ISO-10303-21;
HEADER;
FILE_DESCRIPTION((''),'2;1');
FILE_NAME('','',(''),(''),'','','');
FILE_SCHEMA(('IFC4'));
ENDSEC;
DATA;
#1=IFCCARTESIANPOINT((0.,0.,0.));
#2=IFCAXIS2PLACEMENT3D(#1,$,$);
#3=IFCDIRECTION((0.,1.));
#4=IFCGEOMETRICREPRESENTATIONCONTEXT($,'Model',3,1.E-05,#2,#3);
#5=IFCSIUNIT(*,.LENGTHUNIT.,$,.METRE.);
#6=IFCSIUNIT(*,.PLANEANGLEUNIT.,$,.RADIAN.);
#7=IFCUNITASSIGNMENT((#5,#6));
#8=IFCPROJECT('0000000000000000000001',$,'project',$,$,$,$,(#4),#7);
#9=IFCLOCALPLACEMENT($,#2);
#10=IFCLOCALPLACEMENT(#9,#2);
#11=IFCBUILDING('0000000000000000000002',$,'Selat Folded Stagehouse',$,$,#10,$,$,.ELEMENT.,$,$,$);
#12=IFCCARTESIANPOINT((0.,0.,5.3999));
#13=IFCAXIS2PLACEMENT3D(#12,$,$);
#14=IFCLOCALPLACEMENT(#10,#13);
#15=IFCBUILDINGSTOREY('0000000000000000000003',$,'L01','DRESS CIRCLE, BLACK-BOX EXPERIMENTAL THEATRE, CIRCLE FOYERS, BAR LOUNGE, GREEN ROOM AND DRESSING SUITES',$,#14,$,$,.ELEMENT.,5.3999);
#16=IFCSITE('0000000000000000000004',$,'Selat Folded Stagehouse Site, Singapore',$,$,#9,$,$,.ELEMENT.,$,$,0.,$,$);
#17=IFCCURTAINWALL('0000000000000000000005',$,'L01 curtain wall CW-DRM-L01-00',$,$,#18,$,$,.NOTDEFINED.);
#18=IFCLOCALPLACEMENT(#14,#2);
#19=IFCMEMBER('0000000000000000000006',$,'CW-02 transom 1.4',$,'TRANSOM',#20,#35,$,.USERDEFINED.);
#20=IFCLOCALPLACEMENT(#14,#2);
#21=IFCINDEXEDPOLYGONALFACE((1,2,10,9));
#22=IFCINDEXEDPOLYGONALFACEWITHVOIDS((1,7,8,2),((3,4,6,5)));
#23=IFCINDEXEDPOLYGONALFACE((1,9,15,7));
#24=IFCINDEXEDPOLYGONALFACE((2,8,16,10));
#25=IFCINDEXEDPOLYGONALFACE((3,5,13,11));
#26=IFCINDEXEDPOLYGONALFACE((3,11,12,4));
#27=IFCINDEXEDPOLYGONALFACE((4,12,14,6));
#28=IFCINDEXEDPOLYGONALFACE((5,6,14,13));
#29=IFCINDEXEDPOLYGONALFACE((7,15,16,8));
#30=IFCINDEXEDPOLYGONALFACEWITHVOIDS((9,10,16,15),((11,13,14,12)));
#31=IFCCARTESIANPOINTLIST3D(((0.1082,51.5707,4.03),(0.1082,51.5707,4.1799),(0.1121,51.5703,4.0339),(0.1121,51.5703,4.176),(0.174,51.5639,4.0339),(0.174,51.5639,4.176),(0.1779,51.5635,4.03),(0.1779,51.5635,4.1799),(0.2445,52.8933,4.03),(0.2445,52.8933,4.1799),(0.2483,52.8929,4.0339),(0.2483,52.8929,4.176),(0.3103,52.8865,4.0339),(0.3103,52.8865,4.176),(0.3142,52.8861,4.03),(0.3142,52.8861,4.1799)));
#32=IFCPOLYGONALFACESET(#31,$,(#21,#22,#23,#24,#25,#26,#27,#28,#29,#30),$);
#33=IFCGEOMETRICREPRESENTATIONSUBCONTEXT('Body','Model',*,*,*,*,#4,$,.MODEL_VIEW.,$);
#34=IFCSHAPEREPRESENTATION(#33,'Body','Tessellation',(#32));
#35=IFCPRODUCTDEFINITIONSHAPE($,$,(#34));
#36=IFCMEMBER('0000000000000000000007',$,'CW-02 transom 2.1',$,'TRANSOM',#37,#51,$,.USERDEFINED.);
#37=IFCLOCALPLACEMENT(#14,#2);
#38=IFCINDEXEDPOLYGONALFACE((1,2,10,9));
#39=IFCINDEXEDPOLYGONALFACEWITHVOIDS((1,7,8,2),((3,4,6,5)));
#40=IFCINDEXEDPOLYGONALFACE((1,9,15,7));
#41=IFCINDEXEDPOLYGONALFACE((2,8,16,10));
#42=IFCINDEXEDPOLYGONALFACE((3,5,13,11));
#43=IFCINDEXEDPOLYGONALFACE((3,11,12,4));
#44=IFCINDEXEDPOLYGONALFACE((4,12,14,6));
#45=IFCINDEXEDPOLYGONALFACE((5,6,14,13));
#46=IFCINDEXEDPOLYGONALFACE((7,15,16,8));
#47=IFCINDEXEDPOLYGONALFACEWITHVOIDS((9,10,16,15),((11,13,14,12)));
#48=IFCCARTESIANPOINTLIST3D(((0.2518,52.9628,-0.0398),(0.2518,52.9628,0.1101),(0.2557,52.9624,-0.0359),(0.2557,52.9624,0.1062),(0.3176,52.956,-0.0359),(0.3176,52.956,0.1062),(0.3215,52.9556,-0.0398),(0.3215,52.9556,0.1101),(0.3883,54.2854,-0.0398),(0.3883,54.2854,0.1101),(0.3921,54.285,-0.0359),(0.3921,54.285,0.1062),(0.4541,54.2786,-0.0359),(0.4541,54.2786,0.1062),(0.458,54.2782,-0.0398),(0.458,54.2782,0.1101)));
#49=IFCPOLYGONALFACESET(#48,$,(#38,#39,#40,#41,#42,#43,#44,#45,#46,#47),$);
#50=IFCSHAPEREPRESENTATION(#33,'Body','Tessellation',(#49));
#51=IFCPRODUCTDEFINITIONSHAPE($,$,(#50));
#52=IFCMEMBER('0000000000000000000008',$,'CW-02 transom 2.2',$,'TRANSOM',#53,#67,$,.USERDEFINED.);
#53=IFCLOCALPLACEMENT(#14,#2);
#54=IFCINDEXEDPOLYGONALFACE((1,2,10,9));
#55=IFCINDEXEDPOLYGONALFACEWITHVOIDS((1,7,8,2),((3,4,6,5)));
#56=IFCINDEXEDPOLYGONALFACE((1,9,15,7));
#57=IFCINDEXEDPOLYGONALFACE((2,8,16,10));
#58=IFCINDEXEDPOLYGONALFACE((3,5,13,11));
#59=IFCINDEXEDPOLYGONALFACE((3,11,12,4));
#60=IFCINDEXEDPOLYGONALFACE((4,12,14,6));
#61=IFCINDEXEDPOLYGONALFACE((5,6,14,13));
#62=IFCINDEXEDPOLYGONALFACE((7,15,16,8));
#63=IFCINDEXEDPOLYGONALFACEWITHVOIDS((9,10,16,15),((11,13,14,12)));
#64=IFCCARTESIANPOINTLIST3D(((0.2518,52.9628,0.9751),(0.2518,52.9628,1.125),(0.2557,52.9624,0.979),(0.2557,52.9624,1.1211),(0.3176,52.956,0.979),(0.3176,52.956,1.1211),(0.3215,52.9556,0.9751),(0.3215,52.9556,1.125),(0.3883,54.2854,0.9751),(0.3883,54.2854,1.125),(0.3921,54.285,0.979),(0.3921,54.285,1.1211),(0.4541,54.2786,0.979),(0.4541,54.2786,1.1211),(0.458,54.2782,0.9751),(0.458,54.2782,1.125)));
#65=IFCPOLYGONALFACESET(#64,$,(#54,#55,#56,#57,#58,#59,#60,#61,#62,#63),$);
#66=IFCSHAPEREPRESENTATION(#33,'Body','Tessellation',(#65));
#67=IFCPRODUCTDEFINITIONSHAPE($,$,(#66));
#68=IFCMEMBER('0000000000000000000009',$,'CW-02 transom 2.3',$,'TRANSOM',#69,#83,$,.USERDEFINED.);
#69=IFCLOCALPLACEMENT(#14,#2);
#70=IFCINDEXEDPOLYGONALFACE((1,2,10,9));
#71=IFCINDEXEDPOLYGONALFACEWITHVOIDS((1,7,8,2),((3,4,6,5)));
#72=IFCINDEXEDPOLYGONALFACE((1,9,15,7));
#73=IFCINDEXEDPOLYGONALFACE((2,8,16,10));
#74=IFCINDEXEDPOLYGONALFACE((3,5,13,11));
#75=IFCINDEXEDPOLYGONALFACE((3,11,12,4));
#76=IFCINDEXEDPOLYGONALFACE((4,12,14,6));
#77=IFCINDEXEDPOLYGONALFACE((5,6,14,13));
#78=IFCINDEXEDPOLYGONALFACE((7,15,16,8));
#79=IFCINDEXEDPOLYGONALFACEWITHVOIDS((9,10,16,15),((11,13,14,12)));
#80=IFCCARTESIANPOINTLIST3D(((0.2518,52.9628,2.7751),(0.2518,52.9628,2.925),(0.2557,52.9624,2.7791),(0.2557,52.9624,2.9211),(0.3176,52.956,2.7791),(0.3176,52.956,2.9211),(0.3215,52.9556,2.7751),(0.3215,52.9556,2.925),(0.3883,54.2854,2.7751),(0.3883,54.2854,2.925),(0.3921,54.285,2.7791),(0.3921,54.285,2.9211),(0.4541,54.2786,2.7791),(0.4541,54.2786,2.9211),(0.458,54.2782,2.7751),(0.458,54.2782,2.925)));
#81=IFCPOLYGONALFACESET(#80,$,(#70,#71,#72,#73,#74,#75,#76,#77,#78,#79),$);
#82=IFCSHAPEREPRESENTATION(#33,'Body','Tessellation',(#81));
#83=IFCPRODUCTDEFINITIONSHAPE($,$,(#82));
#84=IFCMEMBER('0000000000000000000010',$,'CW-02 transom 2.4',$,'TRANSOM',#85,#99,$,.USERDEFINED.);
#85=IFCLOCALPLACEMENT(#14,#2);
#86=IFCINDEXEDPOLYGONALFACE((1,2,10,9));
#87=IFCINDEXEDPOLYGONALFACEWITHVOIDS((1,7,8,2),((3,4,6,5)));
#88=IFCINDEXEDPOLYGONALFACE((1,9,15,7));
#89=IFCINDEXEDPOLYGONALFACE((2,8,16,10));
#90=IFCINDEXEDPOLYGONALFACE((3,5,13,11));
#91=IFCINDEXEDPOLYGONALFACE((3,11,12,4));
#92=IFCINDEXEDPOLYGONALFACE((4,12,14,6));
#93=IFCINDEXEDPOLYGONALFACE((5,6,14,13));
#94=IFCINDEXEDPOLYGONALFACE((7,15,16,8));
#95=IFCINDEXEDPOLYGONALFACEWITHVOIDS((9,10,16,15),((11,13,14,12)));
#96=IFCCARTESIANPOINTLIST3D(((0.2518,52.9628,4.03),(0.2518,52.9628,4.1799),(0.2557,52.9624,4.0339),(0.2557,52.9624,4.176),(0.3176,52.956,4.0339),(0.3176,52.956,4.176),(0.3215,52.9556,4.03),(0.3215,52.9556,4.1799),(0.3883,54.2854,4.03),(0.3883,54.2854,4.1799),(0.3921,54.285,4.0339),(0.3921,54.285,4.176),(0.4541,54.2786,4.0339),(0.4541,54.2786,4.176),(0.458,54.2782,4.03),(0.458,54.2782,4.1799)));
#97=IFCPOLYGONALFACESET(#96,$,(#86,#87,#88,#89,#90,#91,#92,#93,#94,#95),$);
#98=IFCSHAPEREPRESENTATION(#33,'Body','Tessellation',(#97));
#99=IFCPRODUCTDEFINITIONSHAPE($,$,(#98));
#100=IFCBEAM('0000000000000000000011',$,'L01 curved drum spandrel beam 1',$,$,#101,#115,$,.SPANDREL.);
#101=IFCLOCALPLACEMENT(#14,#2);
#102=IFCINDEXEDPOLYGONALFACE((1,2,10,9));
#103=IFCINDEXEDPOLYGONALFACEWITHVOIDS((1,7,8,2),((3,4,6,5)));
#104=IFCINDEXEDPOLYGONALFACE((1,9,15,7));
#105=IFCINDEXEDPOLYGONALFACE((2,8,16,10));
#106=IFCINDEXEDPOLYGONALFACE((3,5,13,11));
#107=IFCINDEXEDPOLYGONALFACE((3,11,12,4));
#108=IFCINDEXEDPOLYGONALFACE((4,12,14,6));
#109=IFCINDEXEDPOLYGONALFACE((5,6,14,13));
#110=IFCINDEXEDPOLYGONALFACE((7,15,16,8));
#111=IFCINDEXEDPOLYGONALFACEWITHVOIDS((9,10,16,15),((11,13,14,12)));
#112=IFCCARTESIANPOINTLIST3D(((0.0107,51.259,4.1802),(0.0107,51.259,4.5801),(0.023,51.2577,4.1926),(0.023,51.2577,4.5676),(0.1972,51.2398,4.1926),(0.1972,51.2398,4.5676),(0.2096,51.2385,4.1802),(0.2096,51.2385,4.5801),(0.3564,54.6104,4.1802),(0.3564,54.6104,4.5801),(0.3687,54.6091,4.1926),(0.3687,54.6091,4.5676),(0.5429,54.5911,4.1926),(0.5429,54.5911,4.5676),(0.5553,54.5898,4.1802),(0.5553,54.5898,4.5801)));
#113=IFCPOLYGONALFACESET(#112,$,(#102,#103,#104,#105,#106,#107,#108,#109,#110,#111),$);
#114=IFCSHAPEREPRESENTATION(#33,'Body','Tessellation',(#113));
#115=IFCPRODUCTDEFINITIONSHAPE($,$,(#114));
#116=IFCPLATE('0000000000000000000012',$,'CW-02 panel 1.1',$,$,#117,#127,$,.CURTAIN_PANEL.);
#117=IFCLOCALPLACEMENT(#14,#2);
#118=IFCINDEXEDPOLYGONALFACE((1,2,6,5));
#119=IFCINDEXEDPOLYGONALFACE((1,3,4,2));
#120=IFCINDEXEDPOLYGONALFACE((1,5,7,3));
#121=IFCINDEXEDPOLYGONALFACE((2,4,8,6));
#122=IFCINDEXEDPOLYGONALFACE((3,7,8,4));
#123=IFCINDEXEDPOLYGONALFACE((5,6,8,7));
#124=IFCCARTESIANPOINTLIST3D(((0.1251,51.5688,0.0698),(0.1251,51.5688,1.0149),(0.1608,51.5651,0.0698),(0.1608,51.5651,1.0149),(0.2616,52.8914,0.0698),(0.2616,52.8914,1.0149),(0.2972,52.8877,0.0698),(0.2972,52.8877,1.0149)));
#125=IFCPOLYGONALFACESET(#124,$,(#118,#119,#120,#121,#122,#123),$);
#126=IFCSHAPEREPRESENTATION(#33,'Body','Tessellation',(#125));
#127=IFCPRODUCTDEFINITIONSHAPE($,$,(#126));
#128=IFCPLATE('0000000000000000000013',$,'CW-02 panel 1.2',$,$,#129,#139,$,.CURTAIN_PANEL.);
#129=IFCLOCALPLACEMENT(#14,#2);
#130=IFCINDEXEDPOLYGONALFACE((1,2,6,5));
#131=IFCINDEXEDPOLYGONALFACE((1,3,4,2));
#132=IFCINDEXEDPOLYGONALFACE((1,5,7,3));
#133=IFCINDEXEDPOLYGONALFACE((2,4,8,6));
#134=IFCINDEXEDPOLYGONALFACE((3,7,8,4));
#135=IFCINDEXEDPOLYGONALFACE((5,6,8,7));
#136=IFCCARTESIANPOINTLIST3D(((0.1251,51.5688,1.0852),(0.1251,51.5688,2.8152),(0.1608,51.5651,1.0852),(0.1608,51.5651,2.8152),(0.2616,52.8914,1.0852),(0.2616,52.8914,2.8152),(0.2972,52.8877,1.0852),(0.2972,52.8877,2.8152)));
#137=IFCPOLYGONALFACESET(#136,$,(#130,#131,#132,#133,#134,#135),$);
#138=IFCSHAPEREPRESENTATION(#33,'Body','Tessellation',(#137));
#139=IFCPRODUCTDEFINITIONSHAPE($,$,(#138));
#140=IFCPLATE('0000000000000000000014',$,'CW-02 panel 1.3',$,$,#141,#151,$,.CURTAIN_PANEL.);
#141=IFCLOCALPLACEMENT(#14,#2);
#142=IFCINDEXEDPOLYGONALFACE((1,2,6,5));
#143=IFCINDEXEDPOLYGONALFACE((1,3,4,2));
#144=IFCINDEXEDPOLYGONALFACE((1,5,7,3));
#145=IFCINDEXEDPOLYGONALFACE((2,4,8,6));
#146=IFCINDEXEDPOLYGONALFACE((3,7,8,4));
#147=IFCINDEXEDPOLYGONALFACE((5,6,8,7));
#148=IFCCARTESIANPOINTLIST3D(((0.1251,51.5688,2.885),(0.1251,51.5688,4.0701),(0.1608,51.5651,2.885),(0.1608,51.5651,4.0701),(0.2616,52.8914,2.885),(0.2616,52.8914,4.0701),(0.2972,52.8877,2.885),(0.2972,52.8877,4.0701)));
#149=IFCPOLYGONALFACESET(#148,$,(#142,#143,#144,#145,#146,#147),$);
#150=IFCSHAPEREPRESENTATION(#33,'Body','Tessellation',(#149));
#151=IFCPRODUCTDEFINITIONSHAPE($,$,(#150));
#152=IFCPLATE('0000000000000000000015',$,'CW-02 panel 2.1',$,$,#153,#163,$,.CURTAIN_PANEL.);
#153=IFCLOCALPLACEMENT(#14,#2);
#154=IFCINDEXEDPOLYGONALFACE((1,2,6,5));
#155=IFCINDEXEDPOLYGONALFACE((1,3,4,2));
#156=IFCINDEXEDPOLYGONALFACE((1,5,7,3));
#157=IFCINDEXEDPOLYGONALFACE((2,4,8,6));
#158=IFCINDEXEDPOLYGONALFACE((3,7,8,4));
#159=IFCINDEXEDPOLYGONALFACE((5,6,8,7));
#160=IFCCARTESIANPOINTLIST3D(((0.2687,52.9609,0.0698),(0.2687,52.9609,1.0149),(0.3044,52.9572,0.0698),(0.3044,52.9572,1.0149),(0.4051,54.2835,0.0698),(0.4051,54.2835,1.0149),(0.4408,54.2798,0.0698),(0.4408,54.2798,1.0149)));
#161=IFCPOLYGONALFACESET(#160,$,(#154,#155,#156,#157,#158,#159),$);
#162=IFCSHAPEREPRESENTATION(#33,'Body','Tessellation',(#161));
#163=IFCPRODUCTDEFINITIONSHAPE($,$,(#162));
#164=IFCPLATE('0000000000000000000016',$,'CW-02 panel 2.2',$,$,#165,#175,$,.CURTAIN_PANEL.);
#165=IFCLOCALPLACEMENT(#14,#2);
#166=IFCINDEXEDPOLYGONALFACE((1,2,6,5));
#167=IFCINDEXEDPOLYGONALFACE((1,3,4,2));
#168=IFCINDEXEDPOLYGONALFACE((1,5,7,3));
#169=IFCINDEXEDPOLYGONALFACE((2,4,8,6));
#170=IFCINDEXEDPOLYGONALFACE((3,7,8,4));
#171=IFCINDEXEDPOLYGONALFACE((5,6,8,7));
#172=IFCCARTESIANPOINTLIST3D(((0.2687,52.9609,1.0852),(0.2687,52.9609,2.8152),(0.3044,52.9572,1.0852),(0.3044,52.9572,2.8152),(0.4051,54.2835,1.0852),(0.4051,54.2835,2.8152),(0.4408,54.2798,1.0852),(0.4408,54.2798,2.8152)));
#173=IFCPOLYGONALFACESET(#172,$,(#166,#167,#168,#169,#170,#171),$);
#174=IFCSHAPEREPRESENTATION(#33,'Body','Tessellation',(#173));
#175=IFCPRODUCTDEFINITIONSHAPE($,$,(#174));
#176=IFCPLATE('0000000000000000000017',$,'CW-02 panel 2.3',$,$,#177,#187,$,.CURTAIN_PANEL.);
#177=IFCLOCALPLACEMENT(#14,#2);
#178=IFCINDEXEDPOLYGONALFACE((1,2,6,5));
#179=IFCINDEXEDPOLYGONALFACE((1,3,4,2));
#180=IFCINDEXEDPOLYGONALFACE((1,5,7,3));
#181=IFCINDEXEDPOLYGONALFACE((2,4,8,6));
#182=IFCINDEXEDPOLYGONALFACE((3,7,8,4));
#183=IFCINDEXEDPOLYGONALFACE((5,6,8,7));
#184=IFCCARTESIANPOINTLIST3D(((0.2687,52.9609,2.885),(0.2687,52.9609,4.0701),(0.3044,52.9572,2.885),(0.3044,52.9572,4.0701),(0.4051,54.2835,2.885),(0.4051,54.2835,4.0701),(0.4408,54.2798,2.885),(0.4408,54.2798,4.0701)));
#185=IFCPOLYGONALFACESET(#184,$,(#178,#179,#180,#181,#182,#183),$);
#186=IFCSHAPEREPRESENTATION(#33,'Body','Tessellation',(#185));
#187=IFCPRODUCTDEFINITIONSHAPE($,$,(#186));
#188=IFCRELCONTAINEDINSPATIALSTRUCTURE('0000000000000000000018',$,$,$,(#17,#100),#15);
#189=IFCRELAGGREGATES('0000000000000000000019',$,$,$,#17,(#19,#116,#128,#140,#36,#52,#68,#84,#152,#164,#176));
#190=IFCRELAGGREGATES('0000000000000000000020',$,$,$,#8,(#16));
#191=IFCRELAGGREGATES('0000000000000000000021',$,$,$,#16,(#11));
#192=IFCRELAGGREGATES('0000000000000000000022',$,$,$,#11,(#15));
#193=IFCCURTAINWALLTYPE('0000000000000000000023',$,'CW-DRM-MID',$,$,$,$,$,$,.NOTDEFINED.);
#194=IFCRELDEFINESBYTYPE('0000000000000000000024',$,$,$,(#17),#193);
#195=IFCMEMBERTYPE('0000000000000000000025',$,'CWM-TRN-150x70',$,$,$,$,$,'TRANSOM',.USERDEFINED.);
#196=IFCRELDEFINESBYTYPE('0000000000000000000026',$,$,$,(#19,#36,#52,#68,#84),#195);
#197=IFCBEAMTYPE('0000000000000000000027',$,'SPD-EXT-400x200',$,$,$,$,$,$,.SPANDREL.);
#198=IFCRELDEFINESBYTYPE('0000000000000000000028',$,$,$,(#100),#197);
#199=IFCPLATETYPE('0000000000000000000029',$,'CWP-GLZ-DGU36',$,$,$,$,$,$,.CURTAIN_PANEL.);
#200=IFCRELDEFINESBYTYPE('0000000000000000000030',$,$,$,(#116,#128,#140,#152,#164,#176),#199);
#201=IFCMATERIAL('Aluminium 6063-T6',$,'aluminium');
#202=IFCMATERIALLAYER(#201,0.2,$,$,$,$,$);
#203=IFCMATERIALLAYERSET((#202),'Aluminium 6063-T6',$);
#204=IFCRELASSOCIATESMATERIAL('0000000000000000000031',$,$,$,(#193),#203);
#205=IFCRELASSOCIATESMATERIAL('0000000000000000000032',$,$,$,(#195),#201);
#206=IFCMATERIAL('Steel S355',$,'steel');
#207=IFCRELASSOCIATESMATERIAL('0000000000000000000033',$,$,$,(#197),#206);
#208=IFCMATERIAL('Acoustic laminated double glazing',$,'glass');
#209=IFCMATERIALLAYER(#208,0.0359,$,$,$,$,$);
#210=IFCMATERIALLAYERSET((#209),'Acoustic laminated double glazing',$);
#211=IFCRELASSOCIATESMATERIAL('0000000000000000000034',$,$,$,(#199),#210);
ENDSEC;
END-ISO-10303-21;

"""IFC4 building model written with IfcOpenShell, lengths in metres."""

from ifc_helpers import new_model, si_unit, direction, frame, origin, origin_2d, place, context, subcontext, project, spatial, rectangle, hollow_rectangle, extrude, material, layer, layer_set, material_profile, profile_set, type_object, element, aggregate, save


model = new_model("IFC4")

# Units and contexts
model_context = context("Model", 3, precision=1e-05, world=origin(), true_north=direction((0.0, 1.0)))
body_context = subcontext(model_context, "Body", "Model", "MODEL_VIEW")
ifc_project = project(units=[si_unit("LENGTHUNIT", "METRE"), si_unit("PLANEANGLEUNIT", "RADIAN")], contexts=[model_context])

# Site, building, storey
site_placement = place(None, origin())
site = spatial("IfcSite", under=ifc_project, at=site_placement, Name="Selat Folded Stagehouse Site, Singapore", CompositionType="ELEMENT", RefElevation=0.0)
building_placement = place(site_placement, origin())
building = spatial("IfcBuilding", under=site, at=building_placement, Name="Selat Folded Stagehouse", CompositionType="ELEMENT")
storey_placement = place(building_placement, frame((0.0, 0.0, 5.3999)))
storey = spatial("IfcBuildingStorey", under=building, at=storey_placement, Name="L01", Description="DRESS CIRCLE, BLACK-BOX EXPERIMENTAL THEATRE, CIRCLE FOYERS, BAR LOUNGE, GREEN ROOM AND DRESSING SUITES", CompositionType="ELEMENT", Elevation=5.3999)

# Shared definitions
ifc_material_1 = material(Name="Steel S355", Category="steel")

# Curtain wall, members
ifc_material_2 = material(Name="Aluminium 6063-T6", Category="aluminium")
ifc_layer_1 = layer(ifc_material_2, 0.2)
ifc_layer_set_1 = layer_set([ifc_layer_1], Name="Aluminium 6063-T6")
curtain_wall_type = type_object("IfcCurtainWallType", Name="CW-DRM-MID", PredefinedType="NOTDEFINED", material=ifc_layer_set_1)
curtain_wall_placement = place(storey_placement, origin())
curtain_wall = element("IfcCurtainWall", 1, at=curtain_wall_placement, inside=storey, type_object=curtain_wall_type, Name="L01 curtain wall CW-DRM-L01-00", PredefinedType="NOTDEFINED")
ifc_material_profile_1 = material_profile(ifc_material_2, hollow_rectangle(XDim=0.0701, YDim=0.1499, WallThickness=0.0039, at=origin_2d()), Name="ALU 150x70x4.0")
ifc_profile_set_1 = profile_set([ifc_material_profile_1], Name="Aluminium 6063-T6")
member_type_1 = type_object("IfcMemberType", Name="CWM-TRN-150x70", ElementType="TRANSOM", PredefinedType="USERDEFINED", material=ifc_profile_set_1)
member_1_placement = place(storey_placement, frame((0.1431, 51.5671, 4.105), z_axis=(0.102467, 0.994736, 0.0), x_axis=(-0.994736, 0.102467, 0.0)))
member_1 = element("IfcMember", 2, at=member_1_placement, type_object=member_type_1, Name="CW-02 transom 1.4", ObjectType="TRANSOM", PredefinedType="USERDEFINED", context=body_context, shape_type="SweptSolid", body=[
    extrude(hollow_rectangle(XDim=0.0701, YDim=0.1499, WallThickness=0.0039, at=origin_2d()), origin(), (0.0, 0.0, 1.0), 1.3296),
])
member_2_placement = place(storey_placement, frame((0.2866, 52.9592, 0.0352), z_axis=(0.102649, 0.994718, 0.0), x_axis=(-0.994718, 0.102649, 0.0)))
member_2 = element("IfcMember", 3, at=member_2_placement, type_object=member_type_1, Name="CW-02 transom 2.1", ObjectType="TRANSOM", PredefinedType="USERDEFINED", context=body_context, shape_type="SweptSolid", body=[
    extrude(hollow_rectangle(XDim=0.0701, YDim=0.1499, WallThickness=0.0039, at=origin_2d()), origin(), (0.0, 0.0, 1.0), 1.3296),
])
member_3_placement = place(storey_placement, frame((0.2866, 52.9592, 1.05), z_axis=(0.102649, 0.994718, 0.0), x_axis=(-0.994718, 0.102649, 0.0)))
member_3 = element("IfcMember", 4, at=member_3_placement, type_object=member_type_1, Name="CW-02 transom 2.2", ObjectType="TRANSOM", PredefinedType="USERDEFINED", context=body_context, shape_type="SweptSolid", body=[
    extrude(hollow_rectangle(XDim=0.0701, YDim=0.1499, WallThickness=0.0039, at=origin_2d()), origin(), (0.0, 0.0, 1.0), 1.3296),
])
member_4_placement = place(storey_placement, frame((0.2866, 52.9592, 2.8501), z_axis=(0.102649, 0.994718, 0.0), x_axis=(-0.994718, 0.102649, 0.0)))
member_4 = element("IfcMember", 5, at=member_4_placement, type_object=member_type_1, Name="CW-02 transom 2.3", ObjectType="TRANSOM", PredefinedType="USERDEFINED", context=body_context, shape_type="SweptSolid", body=[
    extrude(hollow_rectangle(XDim=0.0701, YDim=0.1499, WallThickness=0.0039, at=origin_2d()), origin(), (0.0, 0.0, 1.0), 1.3296),
])
member_5_placement = place(storey_placement, frame((0.2866, 52.9592, 4.105), z_axis=(0.102649, 0.994718, 0.0), x_axis=(-0.994718, 0.102649, 0.0)))
member_5 = element("IfcMember", 6, at=member_5_placement, type_object=member_type_1, Name="CW-02 transom 2.4", ObjectType="TRANSOM", PredefinedType="USERDEFINED", context=body_context, shape_type="SweptSolid", body=[
    extrude(hollow_rectangle(XDim=0.0701, YDim=0.1499, WallThickness=0.0039, at=origin_2d()), origin(), (0.0, 0.0, 1.0), 1.3296),
])

# Beam
ifc_material_profile_2 = material_profile(ifc_material_1, hollow_rectangle(XDim=0.2, YDim=0.3999, WallThickness=0.0125, at=origin_2d()), Name="RHS 400x200x12.5")
ifc_profile_set_2 = profile_set([ifc_material_profile_2], Name="Steel S355")
beam_type_1 = type_object("IfcBeamType", Name="SPD-EXT-400x200", PredefinedType="SPANDREL", material=ifc_profile_set_2)
beam_1_placement = place(storey_placement, frame((0.4558, 54.6001, 4.3801), z_axis=(-0.10261, -0.994722, 0.0), x_axis=(0.994722, -0.10261, 0.0)))
element("IfcBeam", 7, at=beam_1_placement, inside=storey, type_object=beam_type_1, Name="L01 curved drum spandrel beam 1", PredefinedType="SPANDREL", context=body_context, shape_type="SweptSolid", body=[
    extrude(hollow_rectangle(XDim=0.2, YDim=0.3999, WallThickness=0.0125, at=origin_2d()), origin(), (0.0, 0.0, 1.0), 3.3691),
])

# Plates
ifc_material_3 = material(Name="Acoustic laminated double glazing", Category="glass")
ifc_layer_2 = layer(ifc_material_3, 0.0359)
ifc_layer_set_2 = layer_set([ifc_layer_2], Name="Acoustic laminated double glazing")
plate_type = type_object("IfcPlateType", Name="CWP-GLZ-DGU36", PredefinedType="CURTAIN_PANEL", material=ifc_layer_set_2)
plate_1_placement = place(storey_placement, frame((0.2112, 52.2283, 0.0698), z_axis=(0.0, 0.0, 1.0), x_axis=(0.102616, 0.994721, 0.0)))
plate_1 = element("IfcPlate", 8, at=plate_1_placement, type_object=plate_type, Name="CW-02 panel 1.1", PredefinedType="CURTAIN_PANEL", context=body_context, shape_type="SweptSolid", body=[
    extrude(rectangle(XDim=1.3296, YDim=0.0359, at=origin_2d()), origin(), (0.0, 0.0, 1.0), 0.9451),
])
plate_2_placement = place(storey_placement, frame((0.2112, 52.2283, 1.0852), z_axis=(0.0, 0.0, 1.0), x_axis=(0.102616, 0.994721, 0.0)))
plate_2 = element("IfcPlate", 9, at=plate_2_placement, type_object=plate_type, Name="CW-02 panel 1.2", PredefinedType="CURTAIN_PANEL", context=body_context, shape_type="SweptSolid", body=[
    extrude(rectangle(XDim=1.3296, YDim=0.0359, at=origin_2d()), origin(), (0.0, 0.0, 1.0), 1.73),
])
plate_3_placement = place(storey_placement, frame((0.2112, 52.2283, 2.885), z_axis=(0.0, 0.0, 1.0), x_axis=(0.102616, 0.994721, 0.0)))
plate_3 = element("IfcPlate", 10, at=plate_3_placement, type_object=plate_type, Name="CW-02 panel 1.3", PredefinedType="CURTAIN_PANEL", context=body_context, shape_type="SweptSolid", body=[
    extrude(rectangle(XDim=1.3296, YDim=0.0359, at=origin_2d()), origin(), (0.0, 0.0, 1.0), 1.1851),
])
plate_4_placement = place(storey_placement, frame((0.3547, 53.6204, 0.0698), z_axis=(0.0, 0.0, 1.0), x_axis=(0.102616, 0.994721, 0.0)))
plate_4 = element("IfcPlate", 11, at=plate_4_placement, type_object=plate_type, Name="CW-02 panel 2.1", PredefinedType="CURTAIN_PANEL", context=body_context, shape_type="SweptSolid", body=[
    extrude(rectangle(XDim=1.3296, YDim=0.0359, at=origin_2d()), origin(), (0.0, 0.0, 1.0), 0.9451),
])
plate_5_placement = place(storey_placement, frame((0.3547, 53.6204, 1.0852), z_axis=(0.0, 0.0, 1.0), x_axis=(0.102616, 0.994721, 0.0)))
plate_5 = element("IfcPlate", 12, at=plate_5_placement, type_object=plate_type, Name="CW-02 panel 2.2", PredefinedType="CURTAIN_PANEL", context=body_context, shape_type="SweptSolid", body=[
    extrude(rectangle(XDim=1.3296, YDim=0.0359, at=origin_2d()), origin(), (0.0, 0.0, 1.0), 1.73),
])
plate_6_placement = place(storey_placement, frame((0.3547, 53.6204, 2.885), z_axis=(0.0, 0.0, 1.0), x_axis=(0.102616, 0.994721, 0.0)))
plate_6 = element("IfcPlate", 13, at=plate_6_placement, type_object=plate_type, Name="CW-02 panel 2.3", PredefinedType="CURTAIN_PANEL", context=body_context, shape_type="SweptSolid", body=[
    extrude(rectangle(XDim=1.3296, YDim=0.0359, at=origin_2d()), origin(), (0.0, 0.0, 1.0), 1.1851),
])
aggregate(curtain_wall, [member_1, plate_1, plate_2, plate_3, member_2, member_3, member_4, member_5, plate_4, plate_5, plate_6])

save(model, "model.ifc")
